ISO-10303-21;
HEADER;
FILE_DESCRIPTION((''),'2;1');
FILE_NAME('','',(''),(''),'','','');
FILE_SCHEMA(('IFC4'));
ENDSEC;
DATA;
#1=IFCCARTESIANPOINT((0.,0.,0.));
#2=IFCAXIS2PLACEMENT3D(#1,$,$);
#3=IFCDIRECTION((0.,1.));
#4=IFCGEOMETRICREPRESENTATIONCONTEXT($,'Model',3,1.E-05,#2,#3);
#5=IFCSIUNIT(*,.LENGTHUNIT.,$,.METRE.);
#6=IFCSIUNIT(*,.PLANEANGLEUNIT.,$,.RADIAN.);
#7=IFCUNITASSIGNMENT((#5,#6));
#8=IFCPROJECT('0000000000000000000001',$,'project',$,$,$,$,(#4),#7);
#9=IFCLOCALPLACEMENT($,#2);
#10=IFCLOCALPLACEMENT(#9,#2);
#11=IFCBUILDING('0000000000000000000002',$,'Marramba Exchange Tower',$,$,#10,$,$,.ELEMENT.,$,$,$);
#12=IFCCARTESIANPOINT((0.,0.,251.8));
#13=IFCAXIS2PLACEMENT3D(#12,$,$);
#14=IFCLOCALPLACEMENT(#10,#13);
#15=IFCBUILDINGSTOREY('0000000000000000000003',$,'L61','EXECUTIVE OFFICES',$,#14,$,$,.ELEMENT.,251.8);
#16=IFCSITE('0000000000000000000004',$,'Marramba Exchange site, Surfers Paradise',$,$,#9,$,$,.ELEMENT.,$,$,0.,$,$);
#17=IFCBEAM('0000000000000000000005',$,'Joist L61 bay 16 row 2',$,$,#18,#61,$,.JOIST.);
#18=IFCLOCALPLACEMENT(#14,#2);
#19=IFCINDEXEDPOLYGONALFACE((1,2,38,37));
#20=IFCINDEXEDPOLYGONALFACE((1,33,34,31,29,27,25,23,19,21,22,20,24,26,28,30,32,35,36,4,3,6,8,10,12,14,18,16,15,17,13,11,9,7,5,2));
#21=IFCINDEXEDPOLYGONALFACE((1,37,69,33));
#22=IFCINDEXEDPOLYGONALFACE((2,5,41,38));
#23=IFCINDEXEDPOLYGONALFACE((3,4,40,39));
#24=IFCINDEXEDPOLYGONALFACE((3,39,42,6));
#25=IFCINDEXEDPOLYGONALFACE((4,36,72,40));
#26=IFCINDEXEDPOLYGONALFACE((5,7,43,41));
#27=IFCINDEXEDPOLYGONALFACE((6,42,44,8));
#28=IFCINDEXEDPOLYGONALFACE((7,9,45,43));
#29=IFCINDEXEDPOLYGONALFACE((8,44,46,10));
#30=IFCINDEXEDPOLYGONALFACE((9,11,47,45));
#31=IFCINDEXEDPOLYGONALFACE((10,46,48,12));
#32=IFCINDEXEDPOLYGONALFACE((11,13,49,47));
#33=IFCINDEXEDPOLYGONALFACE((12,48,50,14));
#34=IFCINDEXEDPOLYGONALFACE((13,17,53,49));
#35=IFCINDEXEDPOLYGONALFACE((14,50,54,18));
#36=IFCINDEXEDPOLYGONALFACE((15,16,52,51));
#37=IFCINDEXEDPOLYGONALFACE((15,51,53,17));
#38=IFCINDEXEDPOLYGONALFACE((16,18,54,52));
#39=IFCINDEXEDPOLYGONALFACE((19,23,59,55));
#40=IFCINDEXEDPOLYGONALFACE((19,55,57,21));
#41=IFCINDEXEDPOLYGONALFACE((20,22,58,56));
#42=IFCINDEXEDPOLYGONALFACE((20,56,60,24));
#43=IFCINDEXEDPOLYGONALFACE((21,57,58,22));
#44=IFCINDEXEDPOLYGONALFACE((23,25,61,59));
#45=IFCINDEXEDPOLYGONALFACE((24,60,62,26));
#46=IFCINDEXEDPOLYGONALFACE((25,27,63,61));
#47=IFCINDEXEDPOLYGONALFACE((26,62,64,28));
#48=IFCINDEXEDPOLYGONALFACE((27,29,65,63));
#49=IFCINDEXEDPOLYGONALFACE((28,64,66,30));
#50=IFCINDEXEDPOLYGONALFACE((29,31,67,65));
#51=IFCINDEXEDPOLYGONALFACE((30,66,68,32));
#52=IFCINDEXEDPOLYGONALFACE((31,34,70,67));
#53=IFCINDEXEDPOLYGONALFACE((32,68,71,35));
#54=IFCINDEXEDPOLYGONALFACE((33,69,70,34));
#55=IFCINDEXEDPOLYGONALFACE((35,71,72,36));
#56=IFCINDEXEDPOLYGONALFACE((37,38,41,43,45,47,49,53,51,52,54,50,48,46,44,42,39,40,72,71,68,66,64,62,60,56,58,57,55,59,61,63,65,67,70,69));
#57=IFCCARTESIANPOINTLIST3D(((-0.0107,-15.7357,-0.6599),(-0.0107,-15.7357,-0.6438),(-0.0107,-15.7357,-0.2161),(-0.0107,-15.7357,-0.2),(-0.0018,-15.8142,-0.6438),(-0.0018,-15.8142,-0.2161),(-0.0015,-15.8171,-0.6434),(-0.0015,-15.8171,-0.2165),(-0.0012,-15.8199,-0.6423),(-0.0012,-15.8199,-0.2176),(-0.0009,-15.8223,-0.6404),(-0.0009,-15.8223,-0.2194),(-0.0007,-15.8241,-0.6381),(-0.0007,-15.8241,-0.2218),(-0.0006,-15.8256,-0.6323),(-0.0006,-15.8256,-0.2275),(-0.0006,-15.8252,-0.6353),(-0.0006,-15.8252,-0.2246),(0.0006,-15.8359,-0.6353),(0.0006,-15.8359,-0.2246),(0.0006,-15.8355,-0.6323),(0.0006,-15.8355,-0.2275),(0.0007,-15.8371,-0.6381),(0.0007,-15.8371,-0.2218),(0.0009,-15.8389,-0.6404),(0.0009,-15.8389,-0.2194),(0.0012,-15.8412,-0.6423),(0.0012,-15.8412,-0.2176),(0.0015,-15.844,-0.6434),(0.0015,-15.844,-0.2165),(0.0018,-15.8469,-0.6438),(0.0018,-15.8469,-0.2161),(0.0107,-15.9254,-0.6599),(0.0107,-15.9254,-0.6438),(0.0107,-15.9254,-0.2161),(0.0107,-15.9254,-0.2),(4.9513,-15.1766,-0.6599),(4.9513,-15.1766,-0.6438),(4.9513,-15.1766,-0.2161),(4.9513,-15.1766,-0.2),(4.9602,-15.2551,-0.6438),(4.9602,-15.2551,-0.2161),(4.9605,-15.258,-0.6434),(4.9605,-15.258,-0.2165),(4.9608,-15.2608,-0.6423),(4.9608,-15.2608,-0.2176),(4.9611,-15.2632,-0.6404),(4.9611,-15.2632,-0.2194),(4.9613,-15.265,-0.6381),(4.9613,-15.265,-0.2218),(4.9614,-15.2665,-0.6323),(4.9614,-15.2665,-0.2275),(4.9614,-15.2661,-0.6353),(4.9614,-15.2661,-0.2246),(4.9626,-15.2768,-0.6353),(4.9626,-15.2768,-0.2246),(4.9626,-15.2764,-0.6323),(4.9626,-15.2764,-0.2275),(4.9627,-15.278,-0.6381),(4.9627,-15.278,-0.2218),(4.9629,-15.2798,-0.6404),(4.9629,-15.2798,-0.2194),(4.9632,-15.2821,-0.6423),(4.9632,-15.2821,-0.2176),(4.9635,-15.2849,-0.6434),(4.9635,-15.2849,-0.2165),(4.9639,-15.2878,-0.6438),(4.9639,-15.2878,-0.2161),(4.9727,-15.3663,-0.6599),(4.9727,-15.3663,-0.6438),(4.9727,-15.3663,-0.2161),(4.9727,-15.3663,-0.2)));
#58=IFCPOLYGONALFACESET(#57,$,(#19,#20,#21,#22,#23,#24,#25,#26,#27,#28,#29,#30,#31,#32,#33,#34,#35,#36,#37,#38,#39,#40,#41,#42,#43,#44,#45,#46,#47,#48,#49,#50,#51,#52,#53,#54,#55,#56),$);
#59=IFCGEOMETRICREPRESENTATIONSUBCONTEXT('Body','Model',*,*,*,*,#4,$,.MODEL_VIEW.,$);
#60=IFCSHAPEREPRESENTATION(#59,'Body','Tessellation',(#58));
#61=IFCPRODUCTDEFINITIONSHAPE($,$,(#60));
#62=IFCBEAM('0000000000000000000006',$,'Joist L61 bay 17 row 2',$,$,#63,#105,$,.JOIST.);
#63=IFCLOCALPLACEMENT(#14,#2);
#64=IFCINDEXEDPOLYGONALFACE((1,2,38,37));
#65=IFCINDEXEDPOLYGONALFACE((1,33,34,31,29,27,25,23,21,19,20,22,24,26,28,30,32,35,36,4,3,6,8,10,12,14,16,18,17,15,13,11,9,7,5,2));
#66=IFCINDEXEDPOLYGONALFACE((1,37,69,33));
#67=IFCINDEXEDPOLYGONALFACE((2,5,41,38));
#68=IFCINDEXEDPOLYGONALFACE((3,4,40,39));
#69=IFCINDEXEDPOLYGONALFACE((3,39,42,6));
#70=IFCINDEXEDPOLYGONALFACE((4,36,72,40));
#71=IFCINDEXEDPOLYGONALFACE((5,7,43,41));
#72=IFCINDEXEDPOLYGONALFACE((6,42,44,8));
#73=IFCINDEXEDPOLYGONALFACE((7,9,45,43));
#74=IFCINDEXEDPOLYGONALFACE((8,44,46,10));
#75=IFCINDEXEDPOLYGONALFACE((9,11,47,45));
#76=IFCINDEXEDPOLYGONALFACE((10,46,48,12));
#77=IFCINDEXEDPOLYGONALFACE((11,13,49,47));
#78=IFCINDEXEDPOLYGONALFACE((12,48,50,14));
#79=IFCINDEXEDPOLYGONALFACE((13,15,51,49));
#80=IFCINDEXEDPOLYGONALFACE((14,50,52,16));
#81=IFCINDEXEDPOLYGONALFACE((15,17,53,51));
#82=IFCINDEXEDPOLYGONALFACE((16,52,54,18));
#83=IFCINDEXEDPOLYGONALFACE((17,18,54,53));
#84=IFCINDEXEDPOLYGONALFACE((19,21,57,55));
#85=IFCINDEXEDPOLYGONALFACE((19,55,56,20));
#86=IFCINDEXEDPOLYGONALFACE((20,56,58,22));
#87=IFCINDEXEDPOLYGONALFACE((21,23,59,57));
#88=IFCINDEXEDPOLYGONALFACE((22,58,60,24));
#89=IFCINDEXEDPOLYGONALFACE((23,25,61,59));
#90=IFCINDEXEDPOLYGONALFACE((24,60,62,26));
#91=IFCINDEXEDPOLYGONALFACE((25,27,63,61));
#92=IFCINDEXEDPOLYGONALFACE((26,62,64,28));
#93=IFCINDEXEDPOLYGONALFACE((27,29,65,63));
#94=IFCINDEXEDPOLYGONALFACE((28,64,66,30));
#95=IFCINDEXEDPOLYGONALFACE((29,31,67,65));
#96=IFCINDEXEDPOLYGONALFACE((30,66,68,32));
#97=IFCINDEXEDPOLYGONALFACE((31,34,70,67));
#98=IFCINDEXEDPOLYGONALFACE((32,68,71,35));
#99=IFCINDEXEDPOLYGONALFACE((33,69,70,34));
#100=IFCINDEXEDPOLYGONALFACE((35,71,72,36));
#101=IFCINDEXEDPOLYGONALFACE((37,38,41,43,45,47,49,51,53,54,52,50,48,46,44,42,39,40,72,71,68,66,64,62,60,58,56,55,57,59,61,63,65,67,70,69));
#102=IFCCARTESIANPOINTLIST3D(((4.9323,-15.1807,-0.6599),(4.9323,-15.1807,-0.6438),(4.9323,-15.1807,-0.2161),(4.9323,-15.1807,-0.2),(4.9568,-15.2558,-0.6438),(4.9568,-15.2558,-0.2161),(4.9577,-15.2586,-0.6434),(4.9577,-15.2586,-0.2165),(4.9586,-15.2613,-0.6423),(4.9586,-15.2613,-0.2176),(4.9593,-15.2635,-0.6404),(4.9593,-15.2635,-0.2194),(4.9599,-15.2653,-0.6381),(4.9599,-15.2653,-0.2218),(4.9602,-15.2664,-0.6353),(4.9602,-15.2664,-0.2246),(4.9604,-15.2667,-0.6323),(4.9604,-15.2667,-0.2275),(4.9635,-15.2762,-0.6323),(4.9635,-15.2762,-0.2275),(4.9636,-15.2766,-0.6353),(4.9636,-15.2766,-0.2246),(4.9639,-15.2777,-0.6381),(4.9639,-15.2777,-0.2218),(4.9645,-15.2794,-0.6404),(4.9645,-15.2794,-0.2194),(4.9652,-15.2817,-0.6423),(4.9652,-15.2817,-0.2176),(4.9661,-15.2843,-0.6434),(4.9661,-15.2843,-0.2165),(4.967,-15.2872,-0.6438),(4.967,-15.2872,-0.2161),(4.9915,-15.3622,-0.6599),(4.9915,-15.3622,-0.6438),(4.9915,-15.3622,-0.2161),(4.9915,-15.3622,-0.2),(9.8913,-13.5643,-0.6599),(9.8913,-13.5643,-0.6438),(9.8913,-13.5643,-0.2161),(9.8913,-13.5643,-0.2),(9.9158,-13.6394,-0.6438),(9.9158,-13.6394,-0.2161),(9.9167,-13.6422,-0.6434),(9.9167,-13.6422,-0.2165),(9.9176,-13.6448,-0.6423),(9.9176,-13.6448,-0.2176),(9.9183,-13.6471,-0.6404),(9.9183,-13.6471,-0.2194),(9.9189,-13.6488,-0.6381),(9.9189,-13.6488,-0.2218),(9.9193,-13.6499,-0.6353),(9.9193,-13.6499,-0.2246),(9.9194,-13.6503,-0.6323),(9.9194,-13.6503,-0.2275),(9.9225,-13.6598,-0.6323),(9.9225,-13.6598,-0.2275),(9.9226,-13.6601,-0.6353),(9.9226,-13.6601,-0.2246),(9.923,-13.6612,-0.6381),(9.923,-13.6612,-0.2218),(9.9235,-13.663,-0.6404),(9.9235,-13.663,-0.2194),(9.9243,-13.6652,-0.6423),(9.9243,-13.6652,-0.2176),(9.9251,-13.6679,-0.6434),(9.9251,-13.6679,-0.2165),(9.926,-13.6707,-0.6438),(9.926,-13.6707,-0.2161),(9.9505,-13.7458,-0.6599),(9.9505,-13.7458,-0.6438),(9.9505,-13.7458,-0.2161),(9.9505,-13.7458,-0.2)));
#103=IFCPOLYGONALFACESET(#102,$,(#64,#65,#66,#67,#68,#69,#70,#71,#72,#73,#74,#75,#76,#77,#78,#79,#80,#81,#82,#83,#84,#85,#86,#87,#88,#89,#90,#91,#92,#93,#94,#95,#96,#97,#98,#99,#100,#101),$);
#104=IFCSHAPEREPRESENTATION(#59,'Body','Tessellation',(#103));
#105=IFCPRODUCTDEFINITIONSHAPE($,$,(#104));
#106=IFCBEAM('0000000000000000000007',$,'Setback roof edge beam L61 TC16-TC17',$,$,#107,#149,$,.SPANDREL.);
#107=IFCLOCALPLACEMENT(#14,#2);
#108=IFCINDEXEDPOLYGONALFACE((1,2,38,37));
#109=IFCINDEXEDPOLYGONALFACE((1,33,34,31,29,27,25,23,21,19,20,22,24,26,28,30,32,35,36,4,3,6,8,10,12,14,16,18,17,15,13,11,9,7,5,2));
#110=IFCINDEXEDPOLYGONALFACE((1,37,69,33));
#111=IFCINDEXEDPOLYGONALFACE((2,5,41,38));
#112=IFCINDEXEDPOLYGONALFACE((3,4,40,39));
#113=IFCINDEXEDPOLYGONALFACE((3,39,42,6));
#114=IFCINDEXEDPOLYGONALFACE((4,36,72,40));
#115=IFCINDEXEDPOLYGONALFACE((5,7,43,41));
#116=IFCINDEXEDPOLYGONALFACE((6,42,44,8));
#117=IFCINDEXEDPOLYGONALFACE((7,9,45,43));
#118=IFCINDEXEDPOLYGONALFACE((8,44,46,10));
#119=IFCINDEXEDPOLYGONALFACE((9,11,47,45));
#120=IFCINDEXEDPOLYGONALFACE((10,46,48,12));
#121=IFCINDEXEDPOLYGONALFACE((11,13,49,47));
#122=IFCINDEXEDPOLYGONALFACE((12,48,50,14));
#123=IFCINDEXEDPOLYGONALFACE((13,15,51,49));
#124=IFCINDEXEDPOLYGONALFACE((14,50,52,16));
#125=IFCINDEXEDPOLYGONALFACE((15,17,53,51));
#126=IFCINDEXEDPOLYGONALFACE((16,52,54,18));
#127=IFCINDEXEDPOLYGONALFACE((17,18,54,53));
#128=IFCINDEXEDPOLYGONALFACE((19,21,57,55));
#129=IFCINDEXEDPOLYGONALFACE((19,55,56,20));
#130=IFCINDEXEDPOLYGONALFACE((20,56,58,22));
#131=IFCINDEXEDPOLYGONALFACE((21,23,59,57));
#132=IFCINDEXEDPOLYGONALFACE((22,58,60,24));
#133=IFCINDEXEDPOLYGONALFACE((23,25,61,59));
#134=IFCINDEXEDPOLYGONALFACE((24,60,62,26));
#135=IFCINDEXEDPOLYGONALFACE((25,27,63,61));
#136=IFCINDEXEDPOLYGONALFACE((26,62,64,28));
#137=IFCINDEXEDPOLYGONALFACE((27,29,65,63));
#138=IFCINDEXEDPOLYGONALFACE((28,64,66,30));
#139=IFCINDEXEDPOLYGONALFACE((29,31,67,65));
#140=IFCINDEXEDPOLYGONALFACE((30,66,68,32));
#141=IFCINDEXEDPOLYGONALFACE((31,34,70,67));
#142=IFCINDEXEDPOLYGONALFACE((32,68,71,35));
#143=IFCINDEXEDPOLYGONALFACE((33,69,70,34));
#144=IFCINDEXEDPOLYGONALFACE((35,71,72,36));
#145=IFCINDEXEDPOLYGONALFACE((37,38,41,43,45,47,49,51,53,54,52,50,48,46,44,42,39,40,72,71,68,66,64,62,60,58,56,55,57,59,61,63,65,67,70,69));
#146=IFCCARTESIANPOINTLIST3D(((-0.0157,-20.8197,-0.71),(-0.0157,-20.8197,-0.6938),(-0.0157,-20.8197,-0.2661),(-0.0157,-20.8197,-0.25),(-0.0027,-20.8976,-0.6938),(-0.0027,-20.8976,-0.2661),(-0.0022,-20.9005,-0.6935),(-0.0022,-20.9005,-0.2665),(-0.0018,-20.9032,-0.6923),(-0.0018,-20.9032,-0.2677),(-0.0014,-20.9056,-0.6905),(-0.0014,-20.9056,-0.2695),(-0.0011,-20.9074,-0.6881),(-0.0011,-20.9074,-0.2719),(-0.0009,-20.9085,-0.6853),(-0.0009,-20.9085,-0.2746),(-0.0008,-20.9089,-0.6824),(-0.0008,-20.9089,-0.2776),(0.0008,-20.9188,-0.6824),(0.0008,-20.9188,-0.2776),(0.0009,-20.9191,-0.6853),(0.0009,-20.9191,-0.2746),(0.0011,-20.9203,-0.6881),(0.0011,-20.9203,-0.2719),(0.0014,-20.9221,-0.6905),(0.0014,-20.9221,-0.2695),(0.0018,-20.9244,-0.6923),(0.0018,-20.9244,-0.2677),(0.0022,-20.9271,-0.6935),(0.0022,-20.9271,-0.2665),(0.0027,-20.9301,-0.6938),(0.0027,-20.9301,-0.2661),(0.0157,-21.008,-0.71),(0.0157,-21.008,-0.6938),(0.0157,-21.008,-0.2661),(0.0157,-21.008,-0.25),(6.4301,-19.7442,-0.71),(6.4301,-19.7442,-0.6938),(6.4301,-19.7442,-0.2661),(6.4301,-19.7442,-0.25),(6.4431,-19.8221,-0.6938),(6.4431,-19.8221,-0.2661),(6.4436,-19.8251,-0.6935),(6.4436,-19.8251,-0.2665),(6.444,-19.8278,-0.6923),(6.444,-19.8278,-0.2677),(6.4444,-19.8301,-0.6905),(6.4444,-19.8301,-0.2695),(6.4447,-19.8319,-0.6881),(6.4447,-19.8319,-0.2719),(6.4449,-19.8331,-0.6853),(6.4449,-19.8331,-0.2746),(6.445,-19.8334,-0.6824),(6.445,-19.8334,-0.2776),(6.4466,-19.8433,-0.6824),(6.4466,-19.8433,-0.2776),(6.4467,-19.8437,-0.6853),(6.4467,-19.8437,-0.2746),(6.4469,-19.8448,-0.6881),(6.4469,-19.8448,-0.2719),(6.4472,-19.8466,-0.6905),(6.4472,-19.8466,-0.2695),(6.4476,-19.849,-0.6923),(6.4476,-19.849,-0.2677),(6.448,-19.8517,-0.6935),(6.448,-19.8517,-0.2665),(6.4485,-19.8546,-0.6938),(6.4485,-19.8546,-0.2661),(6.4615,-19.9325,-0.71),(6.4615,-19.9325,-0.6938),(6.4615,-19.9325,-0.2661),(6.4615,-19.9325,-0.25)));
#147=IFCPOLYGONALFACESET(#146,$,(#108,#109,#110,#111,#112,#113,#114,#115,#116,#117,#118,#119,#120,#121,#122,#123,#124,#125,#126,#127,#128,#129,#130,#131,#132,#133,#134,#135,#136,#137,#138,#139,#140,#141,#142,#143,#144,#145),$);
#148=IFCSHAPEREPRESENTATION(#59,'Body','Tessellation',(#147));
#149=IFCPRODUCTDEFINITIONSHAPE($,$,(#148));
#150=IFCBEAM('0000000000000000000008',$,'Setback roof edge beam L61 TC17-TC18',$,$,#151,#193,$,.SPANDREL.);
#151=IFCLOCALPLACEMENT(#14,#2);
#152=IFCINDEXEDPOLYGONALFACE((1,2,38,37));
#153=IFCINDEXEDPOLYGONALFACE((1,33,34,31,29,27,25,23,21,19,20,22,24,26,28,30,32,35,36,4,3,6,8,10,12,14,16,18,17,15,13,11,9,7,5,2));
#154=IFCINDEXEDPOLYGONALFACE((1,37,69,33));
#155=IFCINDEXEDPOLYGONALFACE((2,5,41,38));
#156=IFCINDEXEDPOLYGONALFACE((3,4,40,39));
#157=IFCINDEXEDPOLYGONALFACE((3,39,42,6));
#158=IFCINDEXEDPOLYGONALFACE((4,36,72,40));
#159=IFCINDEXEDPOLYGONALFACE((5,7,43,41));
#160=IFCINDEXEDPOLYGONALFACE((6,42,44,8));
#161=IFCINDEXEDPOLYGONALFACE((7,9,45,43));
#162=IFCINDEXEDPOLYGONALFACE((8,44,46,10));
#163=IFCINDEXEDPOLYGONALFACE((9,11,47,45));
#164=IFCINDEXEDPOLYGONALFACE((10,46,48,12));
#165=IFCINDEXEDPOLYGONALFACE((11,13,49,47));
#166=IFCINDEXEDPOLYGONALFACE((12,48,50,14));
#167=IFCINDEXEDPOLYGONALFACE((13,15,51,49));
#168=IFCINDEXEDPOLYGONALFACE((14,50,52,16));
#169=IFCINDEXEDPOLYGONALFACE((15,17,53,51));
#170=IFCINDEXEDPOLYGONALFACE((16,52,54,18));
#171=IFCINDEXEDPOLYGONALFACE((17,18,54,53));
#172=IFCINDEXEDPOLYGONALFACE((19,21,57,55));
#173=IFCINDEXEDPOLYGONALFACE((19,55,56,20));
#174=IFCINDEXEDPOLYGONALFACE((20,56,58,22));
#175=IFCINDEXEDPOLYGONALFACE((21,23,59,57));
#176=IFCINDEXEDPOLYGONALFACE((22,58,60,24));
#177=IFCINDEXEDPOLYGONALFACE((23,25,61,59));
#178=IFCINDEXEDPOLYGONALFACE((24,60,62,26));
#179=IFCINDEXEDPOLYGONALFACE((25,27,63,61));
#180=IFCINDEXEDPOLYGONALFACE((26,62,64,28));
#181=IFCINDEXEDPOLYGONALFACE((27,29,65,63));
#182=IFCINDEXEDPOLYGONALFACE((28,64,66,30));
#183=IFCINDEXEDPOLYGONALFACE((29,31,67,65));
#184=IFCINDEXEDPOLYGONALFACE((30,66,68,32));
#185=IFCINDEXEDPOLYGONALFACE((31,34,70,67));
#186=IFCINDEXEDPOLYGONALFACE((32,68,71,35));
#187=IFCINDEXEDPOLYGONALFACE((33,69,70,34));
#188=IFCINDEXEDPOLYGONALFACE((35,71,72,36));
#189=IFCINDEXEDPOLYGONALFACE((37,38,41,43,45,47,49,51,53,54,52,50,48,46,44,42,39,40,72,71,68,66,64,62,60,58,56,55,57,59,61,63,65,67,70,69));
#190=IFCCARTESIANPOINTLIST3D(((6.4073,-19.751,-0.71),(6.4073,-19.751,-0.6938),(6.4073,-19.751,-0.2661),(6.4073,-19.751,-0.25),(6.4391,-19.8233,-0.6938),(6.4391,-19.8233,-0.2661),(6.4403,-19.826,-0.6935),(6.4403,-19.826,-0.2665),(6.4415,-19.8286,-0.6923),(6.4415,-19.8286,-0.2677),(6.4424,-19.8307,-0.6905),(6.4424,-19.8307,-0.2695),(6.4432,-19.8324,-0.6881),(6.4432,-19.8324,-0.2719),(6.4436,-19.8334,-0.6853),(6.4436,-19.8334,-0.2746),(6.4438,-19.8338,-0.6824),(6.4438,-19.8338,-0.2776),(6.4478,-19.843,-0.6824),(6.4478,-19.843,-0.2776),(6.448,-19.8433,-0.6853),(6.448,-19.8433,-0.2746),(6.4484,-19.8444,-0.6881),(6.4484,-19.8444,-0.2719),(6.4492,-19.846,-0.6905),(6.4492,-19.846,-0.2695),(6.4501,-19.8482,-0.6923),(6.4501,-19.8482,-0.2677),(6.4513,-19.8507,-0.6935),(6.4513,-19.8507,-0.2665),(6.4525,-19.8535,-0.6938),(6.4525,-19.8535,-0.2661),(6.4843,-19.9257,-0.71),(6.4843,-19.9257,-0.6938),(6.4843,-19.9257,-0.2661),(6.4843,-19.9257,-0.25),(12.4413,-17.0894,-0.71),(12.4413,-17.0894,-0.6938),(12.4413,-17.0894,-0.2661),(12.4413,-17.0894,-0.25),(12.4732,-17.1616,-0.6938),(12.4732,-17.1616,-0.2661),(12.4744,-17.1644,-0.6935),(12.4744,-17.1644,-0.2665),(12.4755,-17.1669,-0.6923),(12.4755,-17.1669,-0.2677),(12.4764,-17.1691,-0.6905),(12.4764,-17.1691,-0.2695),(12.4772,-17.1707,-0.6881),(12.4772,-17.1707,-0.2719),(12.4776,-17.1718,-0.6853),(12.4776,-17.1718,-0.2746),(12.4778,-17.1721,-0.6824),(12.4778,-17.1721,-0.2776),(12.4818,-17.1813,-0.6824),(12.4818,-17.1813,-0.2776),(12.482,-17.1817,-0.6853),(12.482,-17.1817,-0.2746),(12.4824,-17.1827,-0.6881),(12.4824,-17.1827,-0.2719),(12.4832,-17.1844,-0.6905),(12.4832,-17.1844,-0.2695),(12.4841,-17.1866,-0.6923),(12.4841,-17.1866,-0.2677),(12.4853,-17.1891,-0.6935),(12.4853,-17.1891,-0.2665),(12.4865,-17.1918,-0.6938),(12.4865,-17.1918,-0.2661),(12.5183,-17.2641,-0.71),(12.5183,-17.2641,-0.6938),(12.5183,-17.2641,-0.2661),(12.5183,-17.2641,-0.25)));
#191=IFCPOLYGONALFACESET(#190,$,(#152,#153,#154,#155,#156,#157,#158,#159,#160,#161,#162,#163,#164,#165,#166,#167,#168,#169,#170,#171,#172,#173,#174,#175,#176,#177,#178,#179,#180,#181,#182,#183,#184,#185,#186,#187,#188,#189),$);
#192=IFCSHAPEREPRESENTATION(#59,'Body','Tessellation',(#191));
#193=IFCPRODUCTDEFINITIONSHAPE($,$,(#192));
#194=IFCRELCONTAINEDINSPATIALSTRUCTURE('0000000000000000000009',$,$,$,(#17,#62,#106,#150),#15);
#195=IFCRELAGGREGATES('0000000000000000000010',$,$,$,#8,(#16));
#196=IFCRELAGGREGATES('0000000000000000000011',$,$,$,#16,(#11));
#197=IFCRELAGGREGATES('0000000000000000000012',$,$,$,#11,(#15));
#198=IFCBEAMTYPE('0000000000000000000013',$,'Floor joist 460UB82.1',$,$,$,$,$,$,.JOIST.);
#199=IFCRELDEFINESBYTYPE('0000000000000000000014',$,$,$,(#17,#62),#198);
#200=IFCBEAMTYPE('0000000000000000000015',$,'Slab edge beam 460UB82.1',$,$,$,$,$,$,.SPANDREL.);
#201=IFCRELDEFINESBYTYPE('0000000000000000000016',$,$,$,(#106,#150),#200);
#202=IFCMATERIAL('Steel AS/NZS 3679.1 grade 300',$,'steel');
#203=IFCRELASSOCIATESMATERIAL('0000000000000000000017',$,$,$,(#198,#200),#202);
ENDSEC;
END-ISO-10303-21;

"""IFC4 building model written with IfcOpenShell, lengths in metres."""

from ifc_helpers import new_model, si_unit, direction, frame, origin, origin_2d, place, context, subcontext, project, spatial, i_section, extrude, material, material_profile, profile_set, type_object, element, save


model = new_model("IFC4")

# Units and contexts
model_context = context("Model", 3, precision=1e-05, world=origin(), true_north=direction((0.0, 1.0)))
body_context = subcontext(model_context, "Body", "Model", "MODEL_VIEW")
ifc_project = project(units=[si_unit("LENGTHUNIT", "METRE"), si_unit("PLANEANGLEUNIT", "RADIAN")], contexts=[model_context])

# Site, building, storey
site_placement = place(None, origin())
site = spatial("IfcSite", under=ifc_project, at=site_placement, Name="Marramba Exchange site, Surfers Paradise", CompositionType="ELEMENT", RefElevation=0.0)
building_placement = place(site_placement, origin())
building = spatial("IfcBuilding", under=site, at=building_placement, Name="Marramba Exchange Tower", CompositionType="ELEMENT")
storey_placement = place(building_placement, frame((0.0, 0.0, 251.8)))
storey = spatial("IfcBuildingStorey", under=building, at=storey_placement, Name="L61", Description="EXECUTIVE OFFICES", CompositionType="ELEMENT", Elevation=251.8)

# Beams
ifc_material_1 = material(Name="Steel AS/NZS 3679.1 grade 300", Category="steel")
ifc_material_profile_1 = material_profile(ifc_material_1, i_section(OverallWidth=0.1909, OverallDepth=0.46, WebThickness=0.01, FlangeThickness=0.0161, FilletRadius=0.0115, at=origin_2d()), Name="460UB82.1")
ifc_profile_set_1 = profile_set([ifc_material_profile_1], Name="Steel AS/NZS 3679.1 grade 300")
beam_type_1 = type_object("IfcBeamType", Name="Floor joist 460UB82.1", PredefinedType="JOIST", material=ifc_profile_set_1)
beam_1_placement = place(storey_placement, frame((0.0, -15.8306, -0.4299), z_axis=(0.993712, 0.111966, 0.0), x_axis=(-0.111966, 0.993712, 0.0)))
element("IfcBeam", 1, at=beam_1_placement, inside=storey, type_object=beam_type_1, Name="Joist L61 bay 16 row 2", PredefinedType="JOIST", context=body_context, shape_type="SweptSolid", body=[
    extrude(i_section(OverallWidth=0.1909, OverallDepth=0.46, WebThickness=0.01, FlangeThickness=0.0161, FilletRadius=0.0115, at=origin_2d()), origin(), (0.0, 0.0, 1.0), 4.9934),
])
beam_2_placement = place(storey_placement, frame((4.9619, -15.2715, -0.4299), z_axis=(0.950764, 0.309916, 0.0), x_axis=(-0.309916, 0.950764, 0.0)))
element("IfcBeam", 2, at=beam_2_placement, inside=storey, type_object=beam_type_1, Name="Joist L61 bay 17 row 2", PredefinedType="JOIST", context=body_context, shape_type="SweptSolid", body=[
    extrude(i_section(OverallWidth=0.1909, OverallDepth=0.46, WebThickness=0.01, FlangeThickness=0.0161, FilletRadius=0.0115, at=origin_2d()), origin(), (0.0, 0.0, 1.0), 5.2158),
])
ifc_material_profile_2 = material_profile(ifc_material_1, i_section(OverallWidth=0.1909, OverallDepth=0.46, WebThickness=0.01, FlangeThickness=0.0161, FilletRadius=0.0115, at=origin_2d()), Name="460UB82.1")
ifc_profile_set_2 = profile_set([ifc_material_profile_2], Name="Steel AS/NZS 3679.1 grade 300")
beam_type_2 = type_object("IfcBeamType", Name="Slab edge beam 460UB82.1", PredefinedType="SPANDREL", material=ifc_profile_set_2)
beam_3_placement = place(storey_placement, frame((0.0, -20.9138, -0.48), z_axis=(0.986366, 0.164569, 0.0), x_axis=(-0.164569, 0.986366, 0.0)))
element("IfcBeam", 3, at=beam_3_placement, inside=storey, type_object=beam_type_2, Name="Setback roof edge beam L61 TC16-TC17", PredefinedType="SPANDREL", context=body_context, shape_type="SweptSolid", body=[
    extrude(i_section(OverallWidth=0.1909, OverallDepth=0.46, WebThickness=0.01, FlangeThickness=0.0161, FilletRadius=0.0115, at=origin_2d()), origin(), (0.0, 0.0, 1.0), 6.5349),
])
beam_4_placement = place(storey_placement, frame((6.4458, -19.8384, -0.48), z_axis=(0.914941, 0.403588, 0.0), x_axis=(-0.403588, 0.914941, 0.0)))
element("IfcBeam", 4, at=beam_4_placement, inside=storey, type_object=beam_type_2, Name="Setback roof edge beam L61 TC17-TC18", PredefinedType="SPANDREL", context=body_context, shape_type="SweptSolid", body=[
    extrude(i_section(OverallWidth=0.1909, OverallDepth=0.46, WebThickness=0.01, FlangeThickness=0.0161, FilletRadius=0.0115, at=origin_2d()), origin(), (0.0, 0.0, 1.0), 6.595),
])

save(model, "model.ifc")
